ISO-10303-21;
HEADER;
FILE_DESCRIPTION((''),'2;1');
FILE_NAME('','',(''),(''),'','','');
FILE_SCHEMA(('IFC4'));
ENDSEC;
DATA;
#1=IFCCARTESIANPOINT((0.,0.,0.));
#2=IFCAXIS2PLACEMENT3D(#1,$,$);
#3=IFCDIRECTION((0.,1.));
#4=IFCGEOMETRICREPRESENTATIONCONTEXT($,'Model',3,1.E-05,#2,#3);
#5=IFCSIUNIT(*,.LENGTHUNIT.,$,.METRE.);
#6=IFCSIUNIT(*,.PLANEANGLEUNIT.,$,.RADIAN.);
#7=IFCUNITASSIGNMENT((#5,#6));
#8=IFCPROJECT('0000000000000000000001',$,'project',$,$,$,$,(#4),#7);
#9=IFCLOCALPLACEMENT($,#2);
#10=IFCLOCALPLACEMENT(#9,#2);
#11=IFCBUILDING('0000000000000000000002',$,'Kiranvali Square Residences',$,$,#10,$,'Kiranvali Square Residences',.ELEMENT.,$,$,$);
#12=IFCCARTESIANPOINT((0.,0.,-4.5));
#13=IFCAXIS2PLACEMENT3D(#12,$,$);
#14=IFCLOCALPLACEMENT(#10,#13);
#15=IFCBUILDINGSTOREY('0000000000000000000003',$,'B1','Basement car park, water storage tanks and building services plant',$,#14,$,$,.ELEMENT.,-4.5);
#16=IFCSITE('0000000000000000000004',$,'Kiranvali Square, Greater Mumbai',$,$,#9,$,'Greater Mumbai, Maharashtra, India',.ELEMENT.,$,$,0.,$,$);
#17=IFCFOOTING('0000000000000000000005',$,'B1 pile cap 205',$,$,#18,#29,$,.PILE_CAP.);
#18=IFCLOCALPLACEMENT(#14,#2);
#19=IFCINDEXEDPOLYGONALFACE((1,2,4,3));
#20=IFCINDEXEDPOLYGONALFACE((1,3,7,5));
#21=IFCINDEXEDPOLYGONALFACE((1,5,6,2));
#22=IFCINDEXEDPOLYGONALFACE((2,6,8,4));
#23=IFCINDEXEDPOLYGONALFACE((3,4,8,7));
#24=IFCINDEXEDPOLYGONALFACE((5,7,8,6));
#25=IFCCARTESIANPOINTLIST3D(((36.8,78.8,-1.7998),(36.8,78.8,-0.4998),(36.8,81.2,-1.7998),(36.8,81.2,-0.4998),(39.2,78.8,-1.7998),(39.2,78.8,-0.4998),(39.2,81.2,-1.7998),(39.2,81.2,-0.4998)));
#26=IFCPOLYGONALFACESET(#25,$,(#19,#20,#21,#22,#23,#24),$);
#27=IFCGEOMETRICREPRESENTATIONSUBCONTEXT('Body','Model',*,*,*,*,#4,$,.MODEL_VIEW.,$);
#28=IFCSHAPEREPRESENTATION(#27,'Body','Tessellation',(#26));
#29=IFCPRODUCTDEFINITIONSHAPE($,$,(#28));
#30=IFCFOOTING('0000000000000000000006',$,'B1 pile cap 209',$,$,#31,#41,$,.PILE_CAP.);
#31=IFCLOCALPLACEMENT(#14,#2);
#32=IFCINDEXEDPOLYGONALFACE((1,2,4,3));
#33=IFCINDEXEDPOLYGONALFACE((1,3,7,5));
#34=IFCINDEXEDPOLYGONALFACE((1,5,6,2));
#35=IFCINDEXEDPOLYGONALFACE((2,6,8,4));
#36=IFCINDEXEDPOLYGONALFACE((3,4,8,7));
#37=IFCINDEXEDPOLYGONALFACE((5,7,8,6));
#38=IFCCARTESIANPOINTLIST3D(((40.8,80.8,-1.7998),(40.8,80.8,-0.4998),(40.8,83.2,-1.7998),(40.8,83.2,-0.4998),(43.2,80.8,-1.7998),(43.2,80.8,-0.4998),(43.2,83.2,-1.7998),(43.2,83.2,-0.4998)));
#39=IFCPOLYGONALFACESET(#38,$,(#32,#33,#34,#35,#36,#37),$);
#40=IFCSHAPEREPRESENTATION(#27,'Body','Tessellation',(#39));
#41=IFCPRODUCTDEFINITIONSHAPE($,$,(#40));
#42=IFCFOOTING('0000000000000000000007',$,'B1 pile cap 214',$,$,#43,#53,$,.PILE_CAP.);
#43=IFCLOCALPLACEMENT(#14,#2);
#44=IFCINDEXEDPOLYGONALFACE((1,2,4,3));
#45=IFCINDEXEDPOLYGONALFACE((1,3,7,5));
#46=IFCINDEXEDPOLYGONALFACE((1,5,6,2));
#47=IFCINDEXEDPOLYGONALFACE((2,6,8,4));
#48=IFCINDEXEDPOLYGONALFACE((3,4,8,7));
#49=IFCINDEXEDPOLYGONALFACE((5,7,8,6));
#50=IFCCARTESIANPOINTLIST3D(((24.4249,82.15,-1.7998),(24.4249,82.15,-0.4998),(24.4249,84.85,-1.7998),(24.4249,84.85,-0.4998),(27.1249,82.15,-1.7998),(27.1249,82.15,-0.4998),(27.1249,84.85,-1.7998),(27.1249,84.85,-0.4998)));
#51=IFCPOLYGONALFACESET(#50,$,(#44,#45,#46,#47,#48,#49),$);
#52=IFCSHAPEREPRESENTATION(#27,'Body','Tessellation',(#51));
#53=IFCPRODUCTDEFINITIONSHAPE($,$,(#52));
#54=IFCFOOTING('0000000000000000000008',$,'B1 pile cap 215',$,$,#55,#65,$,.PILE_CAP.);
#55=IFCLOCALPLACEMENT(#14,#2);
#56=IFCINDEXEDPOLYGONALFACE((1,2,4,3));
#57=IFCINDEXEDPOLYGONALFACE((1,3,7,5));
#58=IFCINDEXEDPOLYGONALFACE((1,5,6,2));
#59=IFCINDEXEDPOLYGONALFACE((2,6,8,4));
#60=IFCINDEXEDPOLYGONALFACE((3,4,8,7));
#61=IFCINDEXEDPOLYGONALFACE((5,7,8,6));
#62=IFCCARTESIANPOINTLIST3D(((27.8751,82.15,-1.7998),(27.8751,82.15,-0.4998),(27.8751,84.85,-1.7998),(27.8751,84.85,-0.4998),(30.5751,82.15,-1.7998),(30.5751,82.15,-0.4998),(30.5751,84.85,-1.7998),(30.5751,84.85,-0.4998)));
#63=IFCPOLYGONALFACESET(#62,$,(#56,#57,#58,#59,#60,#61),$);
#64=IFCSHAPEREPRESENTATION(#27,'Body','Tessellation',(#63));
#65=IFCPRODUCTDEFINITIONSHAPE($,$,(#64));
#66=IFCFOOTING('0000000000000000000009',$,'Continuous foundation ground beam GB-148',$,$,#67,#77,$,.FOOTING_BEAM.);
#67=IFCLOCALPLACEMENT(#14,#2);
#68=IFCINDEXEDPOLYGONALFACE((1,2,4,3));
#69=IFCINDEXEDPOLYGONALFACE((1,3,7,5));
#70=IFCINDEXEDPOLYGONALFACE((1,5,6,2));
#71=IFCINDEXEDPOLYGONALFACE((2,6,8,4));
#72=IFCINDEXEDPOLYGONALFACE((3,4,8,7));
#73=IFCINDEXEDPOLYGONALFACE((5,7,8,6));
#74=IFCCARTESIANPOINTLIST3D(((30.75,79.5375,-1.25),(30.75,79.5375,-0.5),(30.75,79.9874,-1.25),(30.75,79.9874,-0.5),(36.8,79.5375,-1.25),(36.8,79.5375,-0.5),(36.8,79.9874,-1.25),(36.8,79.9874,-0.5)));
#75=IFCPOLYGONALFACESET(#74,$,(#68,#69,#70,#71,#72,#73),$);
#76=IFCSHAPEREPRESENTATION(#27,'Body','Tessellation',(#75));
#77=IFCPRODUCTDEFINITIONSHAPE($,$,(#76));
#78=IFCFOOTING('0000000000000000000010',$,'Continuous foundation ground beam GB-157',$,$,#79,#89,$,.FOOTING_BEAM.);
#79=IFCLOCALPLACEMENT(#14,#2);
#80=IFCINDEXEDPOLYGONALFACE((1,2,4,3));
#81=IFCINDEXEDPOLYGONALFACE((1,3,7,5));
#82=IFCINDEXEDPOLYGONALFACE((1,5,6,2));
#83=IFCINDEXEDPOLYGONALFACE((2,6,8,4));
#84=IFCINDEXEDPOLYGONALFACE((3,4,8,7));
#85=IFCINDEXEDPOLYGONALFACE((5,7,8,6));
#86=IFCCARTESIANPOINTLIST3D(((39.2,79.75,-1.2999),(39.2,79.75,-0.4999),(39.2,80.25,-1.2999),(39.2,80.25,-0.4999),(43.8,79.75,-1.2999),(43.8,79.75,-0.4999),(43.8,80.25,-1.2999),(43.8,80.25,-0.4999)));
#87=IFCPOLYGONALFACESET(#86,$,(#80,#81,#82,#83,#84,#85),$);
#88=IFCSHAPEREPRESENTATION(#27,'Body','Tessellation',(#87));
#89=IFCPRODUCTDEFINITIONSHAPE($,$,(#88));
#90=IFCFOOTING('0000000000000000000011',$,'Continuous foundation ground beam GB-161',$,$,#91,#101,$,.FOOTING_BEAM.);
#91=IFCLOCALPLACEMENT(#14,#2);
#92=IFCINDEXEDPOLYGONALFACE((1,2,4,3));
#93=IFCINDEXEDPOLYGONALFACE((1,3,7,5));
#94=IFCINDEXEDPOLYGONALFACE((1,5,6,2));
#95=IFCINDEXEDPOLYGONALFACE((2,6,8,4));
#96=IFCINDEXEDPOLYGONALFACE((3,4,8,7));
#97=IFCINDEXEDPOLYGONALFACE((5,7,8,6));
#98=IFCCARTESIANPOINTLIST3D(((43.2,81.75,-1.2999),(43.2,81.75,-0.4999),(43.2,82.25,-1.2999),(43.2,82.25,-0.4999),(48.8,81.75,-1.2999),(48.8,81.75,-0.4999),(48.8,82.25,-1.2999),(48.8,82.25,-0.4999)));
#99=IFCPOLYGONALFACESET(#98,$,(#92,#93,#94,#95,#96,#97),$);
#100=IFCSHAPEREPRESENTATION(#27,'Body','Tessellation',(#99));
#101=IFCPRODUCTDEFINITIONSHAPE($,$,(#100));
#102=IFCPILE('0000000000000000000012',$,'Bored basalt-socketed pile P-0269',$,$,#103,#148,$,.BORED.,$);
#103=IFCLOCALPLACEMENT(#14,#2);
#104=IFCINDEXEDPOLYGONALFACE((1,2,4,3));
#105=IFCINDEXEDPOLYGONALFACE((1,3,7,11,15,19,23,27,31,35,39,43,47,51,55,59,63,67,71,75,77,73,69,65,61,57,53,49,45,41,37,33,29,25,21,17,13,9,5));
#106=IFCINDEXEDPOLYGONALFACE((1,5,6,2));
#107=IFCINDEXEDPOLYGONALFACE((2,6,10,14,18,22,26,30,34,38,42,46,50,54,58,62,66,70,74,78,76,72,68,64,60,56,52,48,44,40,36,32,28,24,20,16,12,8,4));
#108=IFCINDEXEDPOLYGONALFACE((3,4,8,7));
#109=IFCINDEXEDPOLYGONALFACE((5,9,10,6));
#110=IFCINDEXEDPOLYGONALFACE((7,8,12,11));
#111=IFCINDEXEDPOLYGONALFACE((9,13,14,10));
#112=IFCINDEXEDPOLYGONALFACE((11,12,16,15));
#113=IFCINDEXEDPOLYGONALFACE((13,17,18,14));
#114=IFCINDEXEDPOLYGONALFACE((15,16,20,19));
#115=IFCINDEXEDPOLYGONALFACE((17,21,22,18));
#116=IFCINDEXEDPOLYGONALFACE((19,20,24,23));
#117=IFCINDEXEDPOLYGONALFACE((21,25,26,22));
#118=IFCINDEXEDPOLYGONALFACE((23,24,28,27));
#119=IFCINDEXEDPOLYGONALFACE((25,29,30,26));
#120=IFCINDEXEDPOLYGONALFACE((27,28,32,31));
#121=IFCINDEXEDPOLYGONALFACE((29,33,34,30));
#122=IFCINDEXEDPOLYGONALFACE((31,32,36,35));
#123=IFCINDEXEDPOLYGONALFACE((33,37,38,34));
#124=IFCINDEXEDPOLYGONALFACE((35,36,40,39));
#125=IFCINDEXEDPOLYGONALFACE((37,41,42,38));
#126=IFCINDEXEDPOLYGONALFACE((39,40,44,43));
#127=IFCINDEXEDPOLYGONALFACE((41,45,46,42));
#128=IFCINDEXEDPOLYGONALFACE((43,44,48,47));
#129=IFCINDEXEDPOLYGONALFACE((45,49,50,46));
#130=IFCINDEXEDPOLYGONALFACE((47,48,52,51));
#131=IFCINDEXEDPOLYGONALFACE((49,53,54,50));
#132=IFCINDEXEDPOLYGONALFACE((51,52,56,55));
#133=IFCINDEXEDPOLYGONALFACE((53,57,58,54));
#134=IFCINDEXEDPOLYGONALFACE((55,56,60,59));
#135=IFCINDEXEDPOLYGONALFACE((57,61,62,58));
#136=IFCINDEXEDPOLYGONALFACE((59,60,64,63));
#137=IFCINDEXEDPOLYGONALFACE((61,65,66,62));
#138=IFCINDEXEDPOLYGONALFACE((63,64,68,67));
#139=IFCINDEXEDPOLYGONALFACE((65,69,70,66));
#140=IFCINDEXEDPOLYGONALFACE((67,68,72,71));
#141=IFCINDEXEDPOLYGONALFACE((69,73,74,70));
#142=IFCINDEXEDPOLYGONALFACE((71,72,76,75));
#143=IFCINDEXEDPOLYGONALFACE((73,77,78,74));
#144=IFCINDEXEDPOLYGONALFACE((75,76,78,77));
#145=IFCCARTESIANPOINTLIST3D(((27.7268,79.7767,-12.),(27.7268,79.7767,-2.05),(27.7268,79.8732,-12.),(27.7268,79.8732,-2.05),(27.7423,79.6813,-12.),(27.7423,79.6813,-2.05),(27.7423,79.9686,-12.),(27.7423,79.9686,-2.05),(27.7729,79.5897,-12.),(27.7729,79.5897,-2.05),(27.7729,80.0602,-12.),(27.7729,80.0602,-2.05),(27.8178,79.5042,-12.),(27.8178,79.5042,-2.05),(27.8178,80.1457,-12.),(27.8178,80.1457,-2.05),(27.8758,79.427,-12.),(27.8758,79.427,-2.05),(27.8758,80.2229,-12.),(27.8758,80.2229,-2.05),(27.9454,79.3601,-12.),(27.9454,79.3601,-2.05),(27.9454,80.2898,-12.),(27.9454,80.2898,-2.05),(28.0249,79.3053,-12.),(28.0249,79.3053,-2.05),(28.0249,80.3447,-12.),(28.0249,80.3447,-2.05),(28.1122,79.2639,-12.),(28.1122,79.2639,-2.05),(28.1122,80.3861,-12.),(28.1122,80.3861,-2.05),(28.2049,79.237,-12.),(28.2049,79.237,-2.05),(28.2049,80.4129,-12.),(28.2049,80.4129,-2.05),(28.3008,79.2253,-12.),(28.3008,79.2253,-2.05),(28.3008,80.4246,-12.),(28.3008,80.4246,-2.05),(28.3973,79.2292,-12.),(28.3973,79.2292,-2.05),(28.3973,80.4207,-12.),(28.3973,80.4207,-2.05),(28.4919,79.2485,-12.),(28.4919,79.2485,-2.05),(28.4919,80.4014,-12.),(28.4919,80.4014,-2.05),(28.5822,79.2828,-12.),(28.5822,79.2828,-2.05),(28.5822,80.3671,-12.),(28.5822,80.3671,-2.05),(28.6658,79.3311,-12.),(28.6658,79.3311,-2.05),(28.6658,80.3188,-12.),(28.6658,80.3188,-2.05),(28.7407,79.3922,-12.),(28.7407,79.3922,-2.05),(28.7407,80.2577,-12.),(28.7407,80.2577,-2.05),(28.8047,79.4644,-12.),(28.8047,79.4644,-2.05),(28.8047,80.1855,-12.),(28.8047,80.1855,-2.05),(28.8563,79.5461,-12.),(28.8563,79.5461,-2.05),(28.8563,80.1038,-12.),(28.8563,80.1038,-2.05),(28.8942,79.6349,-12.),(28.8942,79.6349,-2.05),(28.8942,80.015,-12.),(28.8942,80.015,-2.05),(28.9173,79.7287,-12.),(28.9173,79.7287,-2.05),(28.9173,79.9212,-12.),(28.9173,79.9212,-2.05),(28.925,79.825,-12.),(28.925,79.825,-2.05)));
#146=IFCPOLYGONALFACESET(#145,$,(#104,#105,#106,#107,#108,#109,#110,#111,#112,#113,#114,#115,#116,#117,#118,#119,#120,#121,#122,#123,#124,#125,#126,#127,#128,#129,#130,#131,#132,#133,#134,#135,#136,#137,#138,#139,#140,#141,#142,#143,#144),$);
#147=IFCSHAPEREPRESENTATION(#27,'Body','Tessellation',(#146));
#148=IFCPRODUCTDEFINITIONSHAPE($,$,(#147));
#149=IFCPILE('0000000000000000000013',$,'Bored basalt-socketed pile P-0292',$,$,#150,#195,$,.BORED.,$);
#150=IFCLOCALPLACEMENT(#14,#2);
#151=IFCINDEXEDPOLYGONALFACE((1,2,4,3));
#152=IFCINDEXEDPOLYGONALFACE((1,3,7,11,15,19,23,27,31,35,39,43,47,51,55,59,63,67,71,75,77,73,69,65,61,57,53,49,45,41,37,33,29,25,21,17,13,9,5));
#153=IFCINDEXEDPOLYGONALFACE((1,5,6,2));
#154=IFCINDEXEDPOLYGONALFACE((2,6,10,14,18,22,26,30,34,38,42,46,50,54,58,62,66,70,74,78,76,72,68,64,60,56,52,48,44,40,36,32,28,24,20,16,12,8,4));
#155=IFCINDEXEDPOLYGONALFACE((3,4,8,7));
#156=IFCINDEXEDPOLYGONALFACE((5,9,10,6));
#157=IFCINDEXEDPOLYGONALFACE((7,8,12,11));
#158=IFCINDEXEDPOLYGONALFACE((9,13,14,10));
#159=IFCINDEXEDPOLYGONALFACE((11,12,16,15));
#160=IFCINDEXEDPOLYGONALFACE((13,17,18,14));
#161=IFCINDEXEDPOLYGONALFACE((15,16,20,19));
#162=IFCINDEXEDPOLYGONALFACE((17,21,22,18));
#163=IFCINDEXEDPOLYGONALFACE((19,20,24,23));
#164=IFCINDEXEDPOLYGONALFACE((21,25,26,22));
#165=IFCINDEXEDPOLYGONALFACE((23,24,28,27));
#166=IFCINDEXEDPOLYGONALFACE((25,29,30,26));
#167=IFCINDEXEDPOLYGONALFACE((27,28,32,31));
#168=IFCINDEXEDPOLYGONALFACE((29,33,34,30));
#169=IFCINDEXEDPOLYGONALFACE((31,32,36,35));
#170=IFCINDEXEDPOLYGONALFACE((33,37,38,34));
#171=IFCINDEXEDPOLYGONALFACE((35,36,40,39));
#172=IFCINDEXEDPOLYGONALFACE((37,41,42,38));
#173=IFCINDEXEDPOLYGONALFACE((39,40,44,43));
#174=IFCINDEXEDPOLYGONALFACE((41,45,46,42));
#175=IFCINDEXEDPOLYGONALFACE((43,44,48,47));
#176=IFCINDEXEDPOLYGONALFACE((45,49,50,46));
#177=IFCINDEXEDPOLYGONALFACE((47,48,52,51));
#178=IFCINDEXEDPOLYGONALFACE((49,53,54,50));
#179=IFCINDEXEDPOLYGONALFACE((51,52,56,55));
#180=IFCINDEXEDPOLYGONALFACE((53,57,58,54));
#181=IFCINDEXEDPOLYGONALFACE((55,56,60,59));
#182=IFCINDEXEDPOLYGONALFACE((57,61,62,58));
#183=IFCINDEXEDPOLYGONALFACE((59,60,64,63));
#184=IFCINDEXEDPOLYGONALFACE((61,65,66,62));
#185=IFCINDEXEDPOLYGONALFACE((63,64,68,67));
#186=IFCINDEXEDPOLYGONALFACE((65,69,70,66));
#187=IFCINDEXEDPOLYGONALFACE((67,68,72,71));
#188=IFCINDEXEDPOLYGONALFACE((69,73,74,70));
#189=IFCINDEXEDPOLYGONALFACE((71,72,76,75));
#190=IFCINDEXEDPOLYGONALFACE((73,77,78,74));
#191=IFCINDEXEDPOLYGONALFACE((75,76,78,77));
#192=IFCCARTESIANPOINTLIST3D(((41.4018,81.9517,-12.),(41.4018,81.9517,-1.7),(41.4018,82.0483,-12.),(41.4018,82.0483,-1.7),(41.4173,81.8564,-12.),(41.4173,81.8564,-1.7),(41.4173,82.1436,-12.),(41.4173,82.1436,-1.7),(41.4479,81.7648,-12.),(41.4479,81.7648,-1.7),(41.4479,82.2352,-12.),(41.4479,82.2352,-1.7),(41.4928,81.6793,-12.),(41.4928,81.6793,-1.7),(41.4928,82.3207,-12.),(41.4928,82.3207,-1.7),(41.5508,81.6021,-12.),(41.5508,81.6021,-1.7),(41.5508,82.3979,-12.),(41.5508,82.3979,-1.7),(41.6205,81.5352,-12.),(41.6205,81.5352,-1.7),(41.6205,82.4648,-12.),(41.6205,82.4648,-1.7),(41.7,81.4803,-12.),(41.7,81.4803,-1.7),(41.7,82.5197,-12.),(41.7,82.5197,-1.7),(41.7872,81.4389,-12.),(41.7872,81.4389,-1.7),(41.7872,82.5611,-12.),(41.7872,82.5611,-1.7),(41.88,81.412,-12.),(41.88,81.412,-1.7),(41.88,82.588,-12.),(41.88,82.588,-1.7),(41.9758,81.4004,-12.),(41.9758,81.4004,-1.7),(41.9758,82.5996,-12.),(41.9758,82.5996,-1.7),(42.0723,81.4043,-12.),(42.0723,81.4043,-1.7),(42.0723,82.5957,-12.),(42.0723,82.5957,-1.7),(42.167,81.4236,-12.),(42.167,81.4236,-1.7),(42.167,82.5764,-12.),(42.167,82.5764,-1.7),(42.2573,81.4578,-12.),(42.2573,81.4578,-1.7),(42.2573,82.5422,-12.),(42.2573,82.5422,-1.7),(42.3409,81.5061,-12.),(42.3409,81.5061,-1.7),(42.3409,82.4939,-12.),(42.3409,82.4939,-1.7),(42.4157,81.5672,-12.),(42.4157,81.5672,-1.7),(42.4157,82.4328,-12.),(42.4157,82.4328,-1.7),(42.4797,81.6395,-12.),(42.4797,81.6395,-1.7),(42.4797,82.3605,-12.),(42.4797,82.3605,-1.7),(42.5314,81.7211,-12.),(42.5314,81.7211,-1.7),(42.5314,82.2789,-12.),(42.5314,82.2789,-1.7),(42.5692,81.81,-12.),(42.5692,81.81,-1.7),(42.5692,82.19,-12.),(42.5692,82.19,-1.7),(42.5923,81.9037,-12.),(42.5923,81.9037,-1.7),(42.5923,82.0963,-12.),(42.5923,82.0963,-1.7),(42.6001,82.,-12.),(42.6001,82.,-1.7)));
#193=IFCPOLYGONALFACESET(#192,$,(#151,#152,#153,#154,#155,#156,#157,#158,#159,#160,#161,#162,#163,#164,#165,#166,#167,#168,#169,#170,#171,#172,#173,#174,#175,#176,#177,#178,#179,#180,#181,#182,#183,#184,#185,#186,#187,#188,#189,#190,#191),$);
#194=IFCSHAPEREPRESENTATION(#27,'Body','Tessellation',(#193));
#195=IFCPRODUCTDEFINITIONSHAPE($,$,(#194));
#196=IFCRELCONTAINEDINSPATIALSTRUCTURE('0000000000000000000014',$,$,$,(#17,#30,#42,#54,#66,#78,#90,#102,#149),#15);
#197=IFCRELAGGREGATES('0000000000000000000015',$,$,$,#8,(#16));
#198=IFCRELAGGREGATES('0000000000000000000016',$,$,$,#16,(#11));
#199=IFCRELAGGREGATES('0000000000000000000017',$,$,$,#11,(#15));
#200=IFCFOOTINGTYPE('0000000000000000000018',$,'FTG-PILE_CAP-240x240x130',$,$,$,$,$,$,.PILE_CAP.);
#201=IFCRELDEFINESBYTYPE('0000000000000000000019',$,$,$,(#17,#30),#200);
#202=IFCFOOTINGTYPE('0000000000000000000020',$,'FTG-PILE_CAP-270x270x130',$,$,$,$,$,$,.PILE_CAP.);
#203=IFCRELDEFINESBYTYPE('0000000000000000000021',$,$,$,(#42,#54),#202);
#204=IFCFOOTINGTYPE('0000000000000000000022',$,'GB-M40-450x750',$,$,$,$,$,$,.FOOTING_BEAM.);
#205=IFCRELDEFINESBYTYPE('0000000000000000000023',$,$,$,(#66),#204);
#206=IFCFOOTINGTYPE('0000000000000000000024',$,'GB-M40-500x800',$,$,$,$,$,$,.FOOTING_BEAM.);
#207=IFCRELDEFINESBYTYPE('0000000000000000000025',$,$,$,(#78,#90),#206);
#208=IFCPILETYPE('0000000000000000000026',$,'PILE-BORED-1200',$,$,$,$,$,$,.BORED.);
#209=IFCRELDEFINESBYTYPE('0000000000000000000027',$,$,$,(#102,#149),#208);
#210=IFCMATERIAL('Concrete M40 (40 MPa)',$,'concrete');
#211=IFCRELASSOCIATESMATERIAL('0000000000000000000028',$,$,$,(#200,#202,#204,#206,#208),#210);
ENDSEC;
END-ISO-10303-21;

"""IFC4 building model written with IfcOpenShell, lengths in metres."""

from ifc_helpers import new_model, si_unit, direction, frame, origin, origin_2d, place, context, subcontext, project, spatial, rectangle, circle, extrude, material, material_profile, profile_set, type_object, element, save


model = new_model("IFC4")

# Units and contexts
model_context = context("Model", 3, precision=1e-05, world=origin(), true_north=direction((0.0, 1.0)))
body_context = subcontext(model_context, "Body", "Model", "MODEL_VIEW")
ifc_project = project(units=[si_unit("LENGTHUNIT", "METRE"), si_unit("PLANEANGLEUNIT", "RADIAN")], contexts=[model_context])

# Site, building, storey
site_placement = place(None, origin())
site = spatial("IfcSite", under=ifc_project, at=site_placement, Name="Kiranvali Square, Greater Mumbai", LongName="Greater Mumbai, Maharashtra, India", CompositionType="ELEMENT", RefElevation=0.0)
building_placement = place(site_placement, origin())
building = spatial("IfcBuilding", under=site, at=building_placement, Name="Kiranvali Square Residences", LongName="Kiranvali Square Residences", CompositionType="ELEMENT")
storey_placement = place(building_placement, frame((0.0, 0.0, -4.5)))
storey = spatial("IfcBuildingStorey", under=building, at=storey_placement, Name="B1", Description="Basement car park, water storage tanks and building services plant", CompositionType="ELEMENT", Elevation=-4.5)

# Footings
ifc_material_1 = material(Name="Concrete M40 (40 MPa)", Category="concrete")
footing_type_1 = type_object("IfcFootingType", Name="FTG-PILE_CAP-240x240x130", PredefinedType="PILE_CAP", material=ifc_material_1)
for number, where, z_axis, x_axis, name in (
    (1, (38.0, 80.0, -1.7998), (0.0, 0.0, 1.0), (1.0, 0.0, 0.0), "B1 pile cap 205"),
    (2, (42.0, 82.0, -1.7998), (0.0, 0.0, 1.0), (1.0, 0.0, 0.0), "B1 pile cap 209"),
):
    element("IfcFooting", number, at=place(storey_placement, frame(where, z_axis=z_axis, x_axis=x_axis)), inside=storey, type_object=footing_type_1, Name=name, PredefinedType="PILE_CAP", context=body_context, shape_type="SweptSolid", body=[
        extrude(rectangle(XDim=2.3999, YDim=2.3999, at=origin_2d()), origin(), (0.0, 0.0, 1.0), 1.3),
    ])
footing_type_2 = type_object("IfcFootingType", Name="FTG-PILE_CAP-270x270x130", PredefinedType="PILE_CAP", material=ifc_material_1)
for number, where, z_axis, x_axis, name in (
    (3, (25.7749, 83.5, -1.7998), (0.0, 0.0, 1.0), (1.0, 0.0, 0.0), "B1 pile cap 214"),
    (4, (29.2251, 83.5, -1.7998), (0.0, 0.0, 1.0), (1.0, 0.0, 0.0), "B1 pile cap 215"),
):
    element("IfcFooting", number, at=place(storey_placement, frame(where, z_axis=z_axis, x_axis=x_axis)), inside=storey, type_object=footing_type_2, Name=name, PredefinedType="PILE_CAP", context=body_context, shape_type="SweptSolid", body=[
        extrude(rectangle(XDim=2.7, YDim=2.7, at=origin_2d()), origin(), (0.0, 0.0, 1.0), 1.3),
    ])
ifc_material_profile_1 = material_profile(ifc_material_1, rectangle(XDim=0.45, YDim=0.75, at=origin_2d()), Name="GB 450x750")
ifc_profile_set_1 = profile_set([ifc_material_profile_1], Name="Concrete M40 (40 MPa)")
footing_type_3 = type_object("IfcFootingType", Name="GB-M40-450x750", PredefinedType="FOOTING_BEAM", material=ifc_profile_set_1)
footing_1_placement = place(storey_placement, frame((30.75, 79.7625, -0.875), z_axis=(1.0, 0.0, 0.0), x_axis=(0.0, 1.0, 0.0)))
element("IfcFooting", 5, at=footing_1_placement, inside=storey, type_object=footing_type_3, Name="Continuous foundation ground beam GB-148", PredefinedType="FOOTING_BEAM", context=body_context, shape_type="SweptSolid", body=[
    extrude(rectangle(XDim=0.45, YDim=0.75, at=origin_2d()), origin(), (0.0, 0.0, 1.0), 6.05),
])
ifc_material_profile_2 = material_profile(ifc_material_1, rectangle(XDim=0.5, YDim=0.8, at=origin_2d()), Name="GB 500x800")
ifc_profile_set_2 = profile_set([ifc_material_profile_2], Name="Concrete M40 (40 MPa)")
footing_type_4 = type_object("IfcFootingType", Name="GB-M40-500x800", PredefinedType="FOOTING_BEAM", material=ifc_profile_set_2)
footing_2_placement = place(storey_placement, frame((39.2, 80.0, -0.8999), z_axis=(1.0, 0.0, 0.0), x_axis=(0.0, 1.0, 0.0)))
element("IfcFooting", 6, at=footing_2_placement, inside=storey, type_object=footing_type_4, Name="Continuous foundation ground beam GB-157", PredefinedType="FOOTING_BEAM", context=body_context, shape_type="SweptSolid", body=[
    extrude(rectangle(XDim=0.5, YDim=0.8, at=origin_2d()), origin(), (0.0, 0.0, 1.0), 4.6001),
])
footing_3_placement = place(storey_placement, frame((43.2, 82.0, -0.8999), z_axis=(1.0, 0.0, 0.0), x_axis=(0.0, 1.0, 0.0)))
element("IfcFooting", 7, at=footing_3_placement, inside=storey, type_object=footing_type_4, Name="Continuous foundation ground beam GB-161", PredefinedType="FOOTING_BEAM", context=body_context, shape_type="SweptSolid", body=[
    extrude(rectangle(XDim=0.5, YDim=0.8, at=origin_2d()), origin(), (0.0, 0.0, 1.0), 5.6001),
])

# Piles
ifc_material_profile_3 = material_profile(ifc_material_1, circle(Radius=0.6001, at=origin_2d()), Name="BORED PILE 1200")
ifc_profile_set_3 = profile_set([ifc_material_profile_3], Name="Concrete M40 (40 MPa)")
pile_type_1 = type_object("IfcPileType", Name="PILE-BORED-1200", PredefinedType="BORED", material=ifc_profile_set_3)
pile_1_placement = place(storey_placement, frame((28.325, 79.825, -2.05), z_axis=(0.0, 0.0, -1.0), x_axis=(1.0, 0.0, 0.0)))
element("IfcPile", 8, at=pile_1_placement, inside=storey, type_object=pile_type_1, Name="Bored basalt-socketed pile P-0269", PredefinedType="BORED", context=body_context, shape_type="SweptSolid", body=[
    extrude(circle(Radius=0.6001, at=origin_2d()), origin(), (0.0, 0.0, 1.0), 9.95),
])
for number, where, z_axis, x_axis, name in (
    (9, (42.0, 82.0, -1.7), (0.0, 0.0, -1.0), (1.0, 0.0, 0.0), "Bored basalt-socketed pile P-0292"),
):
    element("IfcPile", number, at=place(storey_placement, frame(where, z_axis=z_axis, x_axis=x_axis)), inside=storey, type_object=pile_type_1, Name=name, PredefinedType="BORED", context=body_context, shape_type="SweptSolid", body=[
        extrude(circle(Radius=0.6001, at=origin_2d()), origin(), (0.0, 0.0, 1.0), 10.3),
    ])

save(model, "model.ifc")
